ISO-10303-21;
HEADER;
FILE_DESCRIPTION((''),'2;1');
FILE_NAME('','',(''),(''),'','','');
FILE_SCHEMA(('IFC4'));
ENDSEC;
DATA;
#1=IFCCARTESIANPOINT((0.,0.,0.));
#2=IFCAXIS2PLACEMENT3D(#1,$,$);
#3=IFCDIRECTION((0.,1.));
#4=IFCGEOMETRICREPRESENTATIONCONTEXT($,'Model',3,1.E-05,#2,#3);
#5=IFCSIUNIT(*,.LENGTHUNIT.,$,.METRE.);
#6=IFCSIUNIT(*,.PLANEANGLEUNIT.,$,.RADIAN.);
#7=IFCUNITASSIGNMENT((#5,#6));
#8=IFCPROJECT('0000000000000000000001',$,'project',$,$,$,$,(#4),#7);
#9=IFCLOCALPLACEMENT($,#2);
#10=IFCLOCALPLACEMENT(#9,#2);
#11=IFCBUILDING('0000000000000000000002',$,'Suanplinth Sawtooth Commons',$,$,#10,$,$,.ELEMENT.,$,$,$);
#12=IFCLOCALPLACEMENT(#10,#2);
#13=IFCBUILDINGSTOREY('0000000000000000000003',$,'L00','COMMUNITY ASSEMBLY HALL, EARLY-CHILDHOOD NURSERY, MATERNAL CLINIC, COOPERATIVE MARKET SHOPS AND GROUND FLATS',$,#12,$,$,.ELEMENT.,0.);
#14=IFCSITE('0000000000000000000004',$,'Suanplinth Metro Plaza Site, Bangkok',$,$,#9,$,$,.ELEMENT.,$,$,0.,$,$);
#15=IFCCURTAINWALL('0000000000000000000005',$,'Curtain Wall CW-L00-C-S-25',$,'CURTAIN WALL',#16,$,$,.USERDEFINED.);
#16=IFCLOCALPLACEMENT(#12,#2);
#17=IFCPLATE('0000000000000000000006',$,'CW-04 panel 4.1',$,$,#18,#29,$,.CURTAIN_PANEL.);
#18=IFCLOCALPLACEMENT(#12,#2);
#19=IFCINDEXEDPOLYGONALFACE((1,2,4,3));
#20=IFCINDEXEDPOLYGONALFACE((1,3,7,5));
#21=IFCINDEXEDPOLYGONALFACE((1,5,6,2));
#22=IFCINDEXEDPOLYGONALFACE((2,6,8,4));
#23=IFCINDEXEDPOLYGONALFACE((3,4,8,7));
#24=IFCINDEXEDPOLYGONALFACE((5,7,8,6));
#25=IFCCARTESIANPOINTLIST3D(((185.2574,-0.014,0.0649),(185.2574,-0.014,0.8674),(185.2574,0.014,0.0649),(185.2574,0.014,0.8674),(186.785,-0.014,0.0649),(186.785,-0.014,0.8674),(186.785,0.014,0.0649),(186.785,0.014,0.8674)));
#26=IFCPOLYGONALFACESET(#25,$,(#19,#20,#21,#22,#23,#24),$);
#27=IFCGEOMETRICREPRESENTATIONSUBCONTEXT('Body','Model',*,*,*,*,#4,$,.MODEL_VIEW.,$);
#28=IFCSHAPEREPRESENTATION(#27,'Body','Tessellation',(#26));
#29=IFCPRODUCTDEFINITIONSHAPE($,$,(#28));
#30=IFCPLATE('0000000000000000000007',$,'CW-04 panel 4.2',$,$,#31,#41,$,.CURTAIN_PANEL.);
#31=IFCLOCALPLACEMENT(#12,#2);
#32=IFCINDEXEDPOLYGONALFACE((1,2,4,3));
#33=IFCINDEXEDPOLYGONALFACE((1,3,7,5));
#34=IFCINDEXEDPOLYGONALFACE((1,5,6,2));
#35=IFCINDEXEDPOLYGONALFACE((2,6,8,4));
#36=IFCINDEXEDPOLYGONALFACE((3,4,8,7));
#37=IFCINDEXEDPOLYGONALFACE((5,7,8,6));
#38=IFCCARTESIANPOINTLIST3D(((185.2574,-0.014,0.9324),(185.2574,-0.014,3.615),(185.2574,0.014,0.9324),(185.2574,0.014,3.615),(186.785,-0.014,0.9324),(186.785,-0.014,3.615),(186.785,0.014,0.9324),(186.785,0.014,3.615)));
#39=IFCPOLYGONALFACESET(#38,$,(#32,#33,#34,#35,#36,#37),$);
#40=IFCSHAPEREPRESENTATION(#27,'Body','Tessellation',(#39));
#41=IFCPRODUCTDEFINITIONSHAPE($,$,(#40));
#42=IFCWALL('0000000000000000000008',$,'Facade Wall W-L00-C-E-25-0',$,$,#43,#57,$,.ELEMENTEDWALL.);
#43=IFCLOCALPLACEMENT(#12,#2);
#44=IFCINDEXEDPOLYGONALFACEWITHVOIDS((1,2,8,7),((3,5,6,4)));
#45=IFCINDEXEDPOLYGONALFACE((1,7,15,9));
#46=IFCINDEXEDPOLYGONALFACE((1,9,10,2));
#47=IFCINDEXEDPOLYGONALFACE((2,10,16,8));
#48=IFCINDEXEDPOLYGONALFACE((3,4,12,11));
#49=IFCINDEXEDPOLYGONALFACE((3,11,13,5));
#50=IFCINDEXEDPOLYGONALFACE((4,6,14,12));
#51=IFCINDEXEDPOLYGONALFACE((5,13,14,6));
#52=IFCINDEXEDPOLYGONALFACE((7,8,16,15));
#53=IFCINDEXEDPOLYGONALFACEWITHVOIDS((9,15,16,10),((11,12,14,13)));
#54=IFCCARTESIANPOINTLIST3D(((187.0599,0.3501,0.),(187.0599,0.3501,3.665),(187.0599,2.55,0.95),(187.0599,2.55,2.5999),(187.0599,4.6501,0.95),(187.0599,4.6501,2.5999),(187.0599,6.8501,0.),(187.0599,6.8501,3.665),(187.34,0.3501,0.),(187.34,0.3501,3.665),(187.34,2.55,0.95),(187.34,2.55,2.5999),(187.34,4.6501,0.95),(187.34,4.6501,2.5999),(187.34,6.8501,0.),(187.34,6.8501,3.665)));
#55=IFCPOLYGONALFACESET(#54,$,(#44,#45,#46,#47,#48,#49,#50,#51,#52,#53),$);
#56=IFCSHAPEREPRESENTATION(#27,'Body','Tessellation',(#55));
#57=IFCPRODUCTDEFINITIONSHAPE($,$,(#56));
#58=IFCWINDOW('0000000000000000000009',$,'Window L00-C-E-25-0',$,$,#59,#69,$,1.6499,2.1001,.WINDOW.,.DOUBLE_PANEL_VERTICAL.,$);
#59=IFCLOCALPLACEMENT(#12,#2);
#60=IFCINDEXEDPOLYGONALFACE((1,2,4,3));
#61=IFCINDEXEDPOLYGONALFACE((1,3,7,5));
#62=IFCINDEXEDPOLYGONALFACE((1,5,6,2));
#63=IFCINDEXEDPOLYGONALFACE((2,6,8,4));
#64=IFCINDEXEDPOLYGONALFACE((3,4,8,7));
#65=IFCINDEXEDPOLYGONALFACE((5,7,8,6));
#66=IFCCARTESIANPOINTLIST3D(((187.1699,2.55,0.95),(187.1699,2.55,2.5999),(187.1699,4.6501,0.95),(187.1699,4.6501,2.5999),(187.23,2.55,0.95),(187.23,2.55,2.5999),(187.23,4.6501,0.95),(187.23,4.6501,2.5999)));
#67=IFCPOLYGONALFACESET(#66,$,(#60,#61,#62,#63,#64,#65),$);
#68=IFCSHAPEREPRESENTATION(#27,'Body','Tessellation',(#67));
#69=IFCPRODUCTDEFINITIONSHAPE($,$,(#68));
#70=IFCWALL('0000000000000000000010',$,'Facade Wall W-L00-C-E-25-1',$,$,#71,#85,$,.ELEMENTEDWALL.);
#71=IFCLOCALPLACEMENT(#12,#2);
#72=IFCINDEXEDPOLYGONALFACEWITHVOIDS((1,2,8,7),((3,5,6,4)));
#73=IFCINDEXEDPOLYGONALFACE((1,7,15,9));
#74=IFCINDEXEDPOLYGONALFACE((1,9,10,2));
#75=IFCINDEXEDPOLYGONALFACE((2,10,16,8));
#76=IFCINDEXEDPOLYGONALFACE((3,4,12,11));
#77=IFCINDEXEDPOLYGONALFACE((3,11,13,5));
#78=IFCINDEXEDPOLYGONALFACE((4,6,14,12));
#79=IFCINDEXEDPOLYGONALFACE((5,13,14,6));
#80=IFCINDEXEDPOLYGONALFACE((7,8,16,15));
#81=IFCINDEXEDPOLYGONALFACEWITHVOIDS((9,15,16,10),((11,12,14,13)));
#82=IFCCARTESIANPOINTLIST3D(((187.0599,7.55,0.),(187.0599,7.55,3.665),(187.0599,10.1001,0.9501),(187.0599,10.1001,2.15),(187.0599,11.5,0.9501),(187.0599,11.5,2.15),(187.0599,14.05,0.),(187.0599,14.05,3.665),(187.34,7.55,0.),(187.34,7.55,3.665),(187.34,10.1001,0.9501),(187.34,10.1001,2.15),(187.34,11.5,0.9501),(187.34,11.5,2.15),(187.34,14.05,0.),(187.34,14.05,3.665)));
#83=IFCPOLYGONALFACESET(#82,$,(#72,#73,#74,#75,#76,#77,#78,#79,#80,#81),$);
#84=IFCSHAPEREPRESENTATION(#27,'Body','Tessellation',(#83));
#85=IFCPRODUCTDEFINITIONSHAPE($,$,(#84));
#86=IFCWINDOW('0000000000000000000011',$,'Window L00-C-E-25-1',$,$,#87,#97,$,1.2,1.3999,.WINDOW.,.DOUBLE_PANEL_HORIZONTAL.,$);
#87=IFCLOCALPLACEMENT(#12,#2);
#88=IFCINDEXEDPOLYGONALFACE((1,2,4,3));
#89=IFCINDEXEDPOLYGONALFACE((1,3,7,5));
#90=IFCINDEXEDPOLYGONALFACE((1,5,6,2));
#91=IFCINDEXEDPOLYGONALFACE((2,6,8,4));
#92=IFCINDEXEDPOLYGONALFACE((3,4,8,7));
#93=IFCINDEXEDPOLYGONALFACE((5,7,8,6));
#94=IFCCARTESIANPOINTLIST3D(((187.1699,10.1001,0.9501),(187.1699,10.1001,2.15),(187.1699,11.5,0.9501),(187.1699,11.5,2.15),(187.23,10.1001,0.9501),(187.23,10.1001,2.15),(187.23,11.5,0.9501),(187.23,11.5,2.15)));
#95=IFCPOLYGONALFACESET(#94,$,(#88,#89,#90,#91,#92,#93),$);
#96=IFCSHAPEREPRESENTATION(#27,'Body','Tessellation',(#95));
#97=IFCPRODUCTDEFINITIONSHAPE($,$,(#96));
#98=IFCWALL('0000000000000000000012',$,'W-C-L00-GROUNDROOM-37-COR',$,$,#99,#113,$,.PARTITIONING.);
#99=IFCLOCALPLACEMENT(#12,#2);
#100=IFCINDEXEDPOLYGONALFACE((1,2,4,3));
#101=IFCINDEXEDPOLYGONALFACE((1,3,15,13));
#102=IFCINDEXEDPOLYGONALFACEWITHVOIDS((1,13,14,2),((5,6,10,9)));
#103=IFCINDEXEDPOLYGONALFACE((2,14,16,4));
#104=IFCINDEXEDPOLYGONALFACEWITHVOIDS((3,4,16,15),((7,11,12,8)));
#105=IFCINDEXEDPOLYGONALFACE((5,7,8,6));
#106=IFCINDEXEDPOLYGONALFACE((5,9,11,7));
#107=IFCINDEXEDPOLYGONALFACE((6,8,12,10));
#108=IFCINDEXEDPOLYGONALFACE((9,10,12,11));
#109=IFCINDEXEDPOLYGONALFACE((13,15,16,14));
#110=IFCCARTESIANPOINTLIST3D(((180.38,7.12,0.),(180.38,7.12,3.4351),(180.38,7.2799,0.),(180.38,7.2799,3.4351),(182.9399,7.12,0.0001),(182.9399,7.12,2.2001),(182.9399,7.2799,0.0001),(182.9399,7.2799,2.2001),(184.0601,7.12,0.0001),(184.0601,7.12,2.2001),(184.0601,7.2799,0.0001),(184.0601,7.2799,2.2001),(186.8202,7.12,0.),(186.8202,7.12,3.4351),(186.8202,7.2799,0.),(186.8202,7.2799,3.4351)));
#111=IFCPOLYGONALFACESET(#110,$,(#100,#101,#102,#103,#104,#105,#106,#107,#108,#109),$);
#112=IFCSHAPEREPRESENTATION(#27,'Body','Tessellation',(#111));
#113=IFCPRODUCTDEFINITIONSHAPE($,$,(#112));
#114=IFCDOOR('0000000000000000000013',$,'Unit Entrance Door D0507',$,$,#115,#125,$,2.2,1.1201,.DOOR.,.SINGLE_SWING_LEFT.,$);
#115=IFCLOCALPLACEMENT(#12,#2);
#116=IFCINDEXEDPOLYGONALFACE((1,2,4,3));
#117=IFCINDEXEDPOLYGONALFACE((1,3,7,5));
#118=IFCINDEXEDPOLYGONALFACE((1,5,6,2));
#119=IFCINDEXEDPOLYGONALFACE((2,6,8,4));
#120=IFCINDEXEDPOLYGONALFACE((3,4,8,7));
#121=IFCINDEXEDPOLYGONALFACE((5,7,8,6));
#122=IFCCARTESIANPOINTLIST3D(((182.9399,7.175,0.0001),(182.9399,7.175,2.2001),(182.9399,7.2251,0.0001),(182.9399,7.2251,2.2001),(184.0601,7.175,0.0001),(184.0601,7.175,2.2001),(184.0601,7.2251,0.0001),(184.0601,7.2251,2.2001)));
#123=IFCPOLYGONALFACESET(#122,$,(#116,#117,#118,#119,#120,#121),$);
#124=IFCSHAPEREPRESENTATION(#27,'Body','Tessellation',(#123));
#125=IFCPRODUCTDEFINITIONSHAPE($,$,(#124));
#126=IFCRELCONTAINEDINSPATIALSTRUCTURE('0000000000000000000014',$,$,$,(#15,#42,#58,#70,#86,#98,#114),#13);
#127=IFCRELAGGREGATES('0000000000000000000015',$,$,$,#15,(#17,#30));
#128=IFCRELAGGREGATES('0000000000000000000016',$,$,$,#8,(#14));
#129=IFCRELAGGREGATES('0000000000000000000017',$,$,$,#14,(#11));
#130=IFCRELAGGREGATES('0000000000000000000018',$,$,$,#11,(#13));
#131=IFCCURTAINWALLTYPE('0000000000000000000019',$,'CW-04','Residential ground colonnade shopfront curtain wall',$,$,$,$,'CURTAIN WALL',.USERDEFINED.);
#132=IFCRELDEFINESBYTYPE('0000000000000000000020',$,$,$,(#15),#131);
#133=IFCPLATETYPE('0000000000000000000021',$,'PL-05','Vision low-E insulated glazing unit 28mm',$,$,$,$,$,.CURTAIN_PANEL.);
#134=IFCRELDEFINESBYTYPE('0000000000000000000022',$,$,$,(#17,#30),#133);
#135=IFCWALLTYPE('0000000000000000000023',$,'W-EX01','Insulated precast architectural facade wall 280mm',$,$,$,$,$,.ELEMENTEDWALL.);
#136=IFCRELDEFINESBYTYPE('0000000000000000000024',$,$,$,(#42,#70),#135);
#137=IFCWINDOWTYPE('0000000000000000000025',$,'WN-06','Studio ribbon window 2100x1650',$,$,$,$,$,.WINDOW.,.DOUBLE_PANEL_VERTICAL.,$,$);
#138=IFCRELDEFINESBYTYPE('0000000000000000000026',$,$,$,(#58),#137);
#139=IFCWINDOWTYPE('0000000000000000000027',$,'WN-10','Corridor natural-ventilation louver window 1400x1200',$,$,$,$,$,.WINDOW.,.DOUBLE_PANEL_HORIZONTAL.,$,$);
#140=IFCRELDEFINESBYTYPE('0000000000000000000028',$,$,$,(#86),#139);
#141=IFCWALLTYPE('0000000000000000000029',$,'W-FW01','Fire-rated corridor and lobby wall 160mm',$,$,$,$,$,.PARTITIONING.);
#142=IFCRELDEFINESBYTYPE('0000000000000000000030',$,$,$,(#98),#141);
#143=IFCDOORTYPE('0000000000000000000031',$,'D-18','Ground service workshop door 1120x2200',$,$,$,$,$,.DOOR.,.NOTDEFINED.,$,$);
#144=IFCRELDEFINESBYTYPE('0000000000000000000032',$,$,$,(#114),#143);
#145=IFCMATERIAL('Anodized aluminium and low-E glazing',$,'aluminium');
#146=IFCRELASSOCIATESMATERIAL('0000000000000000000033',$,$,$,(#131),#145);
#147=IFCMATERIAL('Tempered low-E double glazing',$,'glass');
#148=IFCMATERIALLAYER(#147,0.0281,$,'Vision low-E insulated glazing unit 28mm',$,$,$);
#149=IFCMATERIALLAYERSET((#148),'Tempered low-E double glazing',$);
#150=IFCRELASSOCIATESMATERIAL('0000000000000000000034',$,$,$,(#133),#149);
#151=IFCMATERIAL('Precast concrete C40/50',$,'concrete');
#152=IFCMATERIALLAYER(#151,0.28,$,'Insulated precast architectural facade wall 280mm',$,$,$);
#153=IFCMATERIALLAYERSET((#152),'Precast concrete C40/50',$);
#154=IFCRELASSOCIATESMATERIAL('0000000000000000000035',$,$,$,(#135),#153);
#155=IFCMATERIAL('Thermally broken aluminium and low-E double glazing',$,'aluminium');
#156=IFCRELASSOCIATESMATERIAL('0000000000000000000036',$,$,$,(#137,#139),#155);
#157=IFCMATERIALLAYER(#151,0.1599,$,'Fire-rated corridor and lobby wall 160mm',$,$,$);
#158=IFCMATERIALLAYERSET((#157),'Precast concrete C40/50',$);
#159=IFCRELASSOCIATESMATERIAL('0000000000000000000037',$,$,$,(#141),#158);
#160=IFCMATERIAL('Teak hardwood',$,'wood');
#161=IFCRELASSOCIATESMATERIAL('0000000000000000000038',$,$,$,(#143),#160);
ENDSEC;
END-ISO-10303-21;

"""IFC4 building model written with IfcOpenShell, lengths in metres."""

from ifc_helpers import new_model, si_unit, direction, frame, frame_2d, origin, origin_2d, place, context, subcontext, project, spatial, rectangle, extrude, material, layer, layer_set, type_object, element, fill, aggregate, save


model = new_model("IFC4")

# Units and contexts
model_context = context("Model", 3, precision=1e-05, world=origin(), true_north=direction((0.0, 1.0)))
body_context = subcontext(model_context, "Body", "Model", "MODEL_VIEW")
ifc_project = project(units=[si_unit("LENGTHUNIT", "METRE"), si_unit("PLANEANGLEUNIT", "RADIAN")], contexts=[model_context])

# Site, building, storey
site_placement = place(None, origin())
site = spatial("IfcSite", under=ifc_project, at=site_placement, Name="Suanplinth Metro Plaza Site, Bangkok", CompositionType="ELEMENT", RefElevation=0.0)
building_placement = place(site_placement, origin())
building = spatial("IfcBuilding", under=site, at=building_placement, Name="Suanplinth Sawtooth Commons", CompositionType="ELEMENT")
storey_placement = place(building_placement, origin())
storey = spatial("IfcBuildingStorey", under=building, at=storey_placement, Name="L00", Description="COMMUNITY ASSEMBLY HALL, EARLY-CHILDHOOD NURSERY, MATERNAL CLINIC, COOPERATIVE MARKET SHOPS AND GROUND FLATS", CompositionType="ELEMENT", Elevation=0.0)

# Shared definitions
ifc_material_1 = material(Name="Precast concrete C40/50", Category="concrete")

# Curtain wall, plates
ifc_material_2 = material(Name="Anodized aluminium and low-E glazing", Category="aluminium")
curtain_wall_type = type_object("IfcCurtainWallType", Name="CW-04", Description="Residential ground colonnade shopfront curtain wall", ElementType="CURTAIN WALL", PredefinedType="USERDEFINED", material=ifc_material_2)
curtain_wall_placement = place(storey_placement, origin())
curtain_wall = element("IfcCurtainWall", 1, at=curtain_wall_placement, inside=storey, type_object=curtain_wall_type, Name="Curtain Wall CW-L00-C-S-25", ObjectType="CURTAIN WALL", PredefinedType="USERDEFINED")
ifc_material_3 = material(Name="Tempered low-E double glazing", Category="glass")
ifc_layer_1 = layer(ifc_material_3, 0.0281, Name="Vision low-E insulated glazing unit 28mm")
ifc_layer_set_1 = layer_set([ifc_layer_1], Name="Tempered low-E double glazing")
plate_type = type_object("IfcPlateType", Name="PL-05", Description="Vision low-E insulated glazing unit 28mm", PredefinedType="CURTAIN_PANEL", material=ifc_layer_set_1)
plate_1_placement = place(storey_placement, frame((186.0212, 0.0, 0.0649), z_axis=(0.0, 0.0, 1.0), x_axis=(1.0, 0.0, 0.0)))
plate_1 = element("IfcPlate", 2, at=plate_1_placement, type_object=plate_type, Name="CW-04 panel 4.1", PredefinedType="CURTAIN_PANEL", context=body_context, shape_type="SweptSolid", body=[
    extrude(rectangle(XDim=1.5276, YDim=0.0281, at=origin_2d()), origin(), (0.0, 0.0, 1.0), 0.8025),
])
plate_2_placement = place(storey_placement, frame((186.0212, 0.0, 0.9324), z_axis=(0.0, 0.0, 1.0), x_axis=(1.0, 0.0, 0.0)))
plate_2 = element("IfcPlate", 3, at=plate_2_placement, type_object=plate_type, Name="CW-04 panel 4.2", PredefinedType="CURTAIN_PANEL", context=body_context, shape_type="SweptSolid", body=[
    extrude(rectangle(XDim=1.5276, YDim=0.0281, at=origin_2d()), origin(), (0.0, 0.0, 1.0), 2.6826),
])
aggregate(curtain_wall, [plate_1, plate_2])

# Walls, openings, windows
ifc_layer_2 = layer(ifc_material_1, 0.28, Name="Insulated precast architectural facade wall 280mm")
ifc_layer_set_2 = layer_set([ifc_layer_2], Name="Precast concrete C40/50")
wall_type_1 = type_object("IfcWallType", Name="W-EX01", Description="Insulated precast architectural facade wall 280mm", PredefinedType="ELEMENTEDWALL", material=ifc_layer_set_2)
wall_1_placement = place(storey_placement, frame((187.2, 0.3501, 0.0), z_axis=(0.0, 0.0, 1.0), x_axis=(0.0, 1.0, 0.0)))
wall_1 = element("IfcWall", 4, at=wall_1_placement, inside=storey, type_object=wall_type_1, Name="Facade Wall W-L00-C-E-25-0", PredefinedType="ELEMENTEDWALL", context=body_context, shape_type="SweptSolid", body=[
    extrude(rectangle(XDim=6.5, YDim=0.28, at=frame_2d((3.25, 0.0))), origin(), (0.0, 0.0, 1.0), 3.665),
])
opening_1_placement = place(wall_1_placement, frame((2.2, 0.0, 0.95)))
opening_1 = element("IfcOpeningElement", 5, at=opening_1_placement, cuts=wall_1, PredefinedType="OPENING", context=body_context, shape_type="SweptSolid", body=[
    extrude(rectangle(XDim=2.1001, YDim=1.6499, at=frame_2d((1.05, 0.825))), frame((0.0, 0.1548, 0.0), z_axis=(0.0, -1.0, 0.0), x_axis=(1.0, 0.0, 0.0)), (0.0, 0.0, 1.0), 0.3098),
])
ifc_material_4 = material(Name="Thermally broken aluminium and low-E double glazing", Category="aluminium")
window_type_1 = type_object("IfcWindowType", Name="WN-06", Description="Studio ribbon window 2100x1650", PartitioningType="DOUBLE_PANEL_VERTICAL", PredefinedType="WINDOW", material=ifc_material_4)
window_1_placement = place(opening_1_placement, origin())
window_1 = element("IfcWindow", 6, at=window_1_placement, inside=storey, type_object=window_type_1, Name="Window L00-C-E-25-0", OverallHeight=1.6499, OverallWidth=2.1001, PartitioningType="DOUBLE_PANEL_VERTICAL", PredefinedType="WINDOW", context=body_context, shape_type="SweptSolid", body=[
    extrude(rectangle(XDim=2.1001, YDim=1.6499, at=frame_2d((1.05, 0.825))), frame((0.0, 0.03, 0.0), z_axis=(0.0, -1.0, 0.0), x_axis=(1.0, 0.0, 0.0)), (0.0, 0.0, 1.0), 0.0601),
])
fill(opening_1, window_1)
wall_2_placement = place(storey_placement, frame((187.2, 7.55, 0.0), z_axis=(0.0, 0.0, 1.0), x_axis=(0.0, 1.0, 0.0)))
wall_2 = element("IfcWall", 7, at=wall_2_placement, inside=storey, type_object=wall_type_1, Name="Facade Wall W-L00-C-E-25-1", PredefinedType="ELEMENTEDWALL", context=body_context, shape_type="SweptSolid", body=[
    extrude(rectangle(XDim=6.5, YDim=0.28, at=frame_2d((3.25, 0.0))), origin(), (0.0, 0.0, 1.0), 3.665),
])
opening_2_placement = place(wall_2_placement, frame((2.55, 0.0, 0.95)))
opening_2 = element("IfcOpeningElement", 8, at=opening_2_placement, cuts=wall_2, PredefinedType="OPENING", context=body_context, shape_type="SweptSolid", body=[
    extrude(rectangle(XDim=1.3999, YDim=1.2, at=frame_2d((0.7, 0.6001))), frame((0.0, 0.1548, 0.0), z_axis=(0.0, -1.0, 0.0), x_axis=(1.0, 0.0, 0.0)), (0.0, 0.0, 1.0), 0.3098),
])
window_type_2 = type_object("IfcWindowType", Name="WN-10", Description="Corridor natural-ventilation louver window 1400x1200", PartitioningType="DOUBLE_PANEL_HORIZONTAL", PredefinedType="WINDOW", material=ifc_material_4)
window_2_placement = place(opening_2_placement, origin())
window_2 = element("IfcWindow", 9, at=window_2_placement, inside=storey, type_object=window_type_2, Name="Window L00-C-E-25-1", OverallHeight=1.2, OverallWidth=1.3999, PartitioningType="DOUBLE_PANEL_HORIZONTAL", PredefinedType="WINDOW", context=body_context, shape_type="SweptSolid", body=[
    extrude(rectangle(XDim=1.3999, YDim=1.2, at=frame_2d((0.7, 0.6001))), frame((0.0, 0.03, 0.0), z_axis=(0.0, -1.0, 0.0), x_axis=(1.0, 0.0, 0.0)), (0.0, 0.0, 1.0), 0.0601),
])
fill(opening_2, window_2)

# Wall, opening, door
ifc_layer_3 = layer(ifc_material_1, 0.1599, Name="Fire-rated corridor and lobby wall 160mm")
ifc_layer_set_3 = layer_set([ifc_layer_3], Name="Precast concrete C40/50")
wall_type_2 = type_object("IfcWallType", Name="W-FW01", Description="Fire-rated corridor and lobby wall 160mm", PredefinedType="PARTITIONING", material=ifc_layer_set_3)
wall_3_placement = place(storey_placement, frame((180.3799, 7.2, 0.0), z_axis=(0.0, 0.0, 1.0), x_axis=(1.0, 0.0, 0.0)))
wall_3 = element("IfcWall", 10, at=wall_3_placement, inside=storey, type_object=wall_type_2, Name="W-C-L00-GROUNDROOM-37-COR", PredefinedType="PARTITIONING", context=body_context, shape_type="SweptSolid", body=[
    extrude(rectangle(XDim=6.4402, YDim=0.1599, at=frame_2d((3.2202, 0.0))), origin(), (0.0, 0.0, 1.0), 3.4351),
])
opening_3_placement = place(wall_3_placement, frame((2.5601, 0.0, 0.0)))
opening_3 = element("IfcOpeningElement", 11, at=opening_3_placement, cuts=wall_3, PredefinedType="OPENING", context=body_context, shape_type="SweptSolid", body=[
    extrude(rectangle(XDim=1.1201, YDim=2.2, at=frame_2d((0.5601, 1.1001))), frame((0.0, 0.0947, 0.0), z_axis=(0.0, -1.0, 0.0), x_axis=(1.0, 0.0, 0.0)), (0.0, 0.0, 1.0), 0.1897),
])
ifc_material_5 = material(Name="Teak hardwood", Category="wood")
door_type = type_object("IfcDoorType", Name="D-18", Description="Ground service workshop door 1120x2200", OperationType="NOTDEFINED", PredefinedType="DOOR", material=ifc_material_5)
door_placement = place(opening_3_placement, frame((1.1201, 0.0, 0.0), z_axis=(0.0, 0.0, 1.0), x_axis=(-1.0, 0.0, 0.0)))
door = element("IfcDoor", 12, at=door_placement, inside=storey, type_object=door_type, Name="Unit Entrance Door D0507", OperationType="SINGLE_SWING_LEFT", OverallHeight=2.2, OverallWidth=1.1201, PredefinedType="DOOR", context=body_context, shape_type="SweptSolid", body=[
    extrude(rectangle(XDim=1.1201, YDim=2.2, at=frame_2d((0.5601, 1.1001))), frame((0.0, 0.0249, 0.0), z_axis=(0.0, -1.0, 0.0), x_axis=(1.0, 0.0, 0.0)), (0.0, 0.0, 1.0), 0.05),
])
fill(opening_3, door)

save(model, "model.ifc")
